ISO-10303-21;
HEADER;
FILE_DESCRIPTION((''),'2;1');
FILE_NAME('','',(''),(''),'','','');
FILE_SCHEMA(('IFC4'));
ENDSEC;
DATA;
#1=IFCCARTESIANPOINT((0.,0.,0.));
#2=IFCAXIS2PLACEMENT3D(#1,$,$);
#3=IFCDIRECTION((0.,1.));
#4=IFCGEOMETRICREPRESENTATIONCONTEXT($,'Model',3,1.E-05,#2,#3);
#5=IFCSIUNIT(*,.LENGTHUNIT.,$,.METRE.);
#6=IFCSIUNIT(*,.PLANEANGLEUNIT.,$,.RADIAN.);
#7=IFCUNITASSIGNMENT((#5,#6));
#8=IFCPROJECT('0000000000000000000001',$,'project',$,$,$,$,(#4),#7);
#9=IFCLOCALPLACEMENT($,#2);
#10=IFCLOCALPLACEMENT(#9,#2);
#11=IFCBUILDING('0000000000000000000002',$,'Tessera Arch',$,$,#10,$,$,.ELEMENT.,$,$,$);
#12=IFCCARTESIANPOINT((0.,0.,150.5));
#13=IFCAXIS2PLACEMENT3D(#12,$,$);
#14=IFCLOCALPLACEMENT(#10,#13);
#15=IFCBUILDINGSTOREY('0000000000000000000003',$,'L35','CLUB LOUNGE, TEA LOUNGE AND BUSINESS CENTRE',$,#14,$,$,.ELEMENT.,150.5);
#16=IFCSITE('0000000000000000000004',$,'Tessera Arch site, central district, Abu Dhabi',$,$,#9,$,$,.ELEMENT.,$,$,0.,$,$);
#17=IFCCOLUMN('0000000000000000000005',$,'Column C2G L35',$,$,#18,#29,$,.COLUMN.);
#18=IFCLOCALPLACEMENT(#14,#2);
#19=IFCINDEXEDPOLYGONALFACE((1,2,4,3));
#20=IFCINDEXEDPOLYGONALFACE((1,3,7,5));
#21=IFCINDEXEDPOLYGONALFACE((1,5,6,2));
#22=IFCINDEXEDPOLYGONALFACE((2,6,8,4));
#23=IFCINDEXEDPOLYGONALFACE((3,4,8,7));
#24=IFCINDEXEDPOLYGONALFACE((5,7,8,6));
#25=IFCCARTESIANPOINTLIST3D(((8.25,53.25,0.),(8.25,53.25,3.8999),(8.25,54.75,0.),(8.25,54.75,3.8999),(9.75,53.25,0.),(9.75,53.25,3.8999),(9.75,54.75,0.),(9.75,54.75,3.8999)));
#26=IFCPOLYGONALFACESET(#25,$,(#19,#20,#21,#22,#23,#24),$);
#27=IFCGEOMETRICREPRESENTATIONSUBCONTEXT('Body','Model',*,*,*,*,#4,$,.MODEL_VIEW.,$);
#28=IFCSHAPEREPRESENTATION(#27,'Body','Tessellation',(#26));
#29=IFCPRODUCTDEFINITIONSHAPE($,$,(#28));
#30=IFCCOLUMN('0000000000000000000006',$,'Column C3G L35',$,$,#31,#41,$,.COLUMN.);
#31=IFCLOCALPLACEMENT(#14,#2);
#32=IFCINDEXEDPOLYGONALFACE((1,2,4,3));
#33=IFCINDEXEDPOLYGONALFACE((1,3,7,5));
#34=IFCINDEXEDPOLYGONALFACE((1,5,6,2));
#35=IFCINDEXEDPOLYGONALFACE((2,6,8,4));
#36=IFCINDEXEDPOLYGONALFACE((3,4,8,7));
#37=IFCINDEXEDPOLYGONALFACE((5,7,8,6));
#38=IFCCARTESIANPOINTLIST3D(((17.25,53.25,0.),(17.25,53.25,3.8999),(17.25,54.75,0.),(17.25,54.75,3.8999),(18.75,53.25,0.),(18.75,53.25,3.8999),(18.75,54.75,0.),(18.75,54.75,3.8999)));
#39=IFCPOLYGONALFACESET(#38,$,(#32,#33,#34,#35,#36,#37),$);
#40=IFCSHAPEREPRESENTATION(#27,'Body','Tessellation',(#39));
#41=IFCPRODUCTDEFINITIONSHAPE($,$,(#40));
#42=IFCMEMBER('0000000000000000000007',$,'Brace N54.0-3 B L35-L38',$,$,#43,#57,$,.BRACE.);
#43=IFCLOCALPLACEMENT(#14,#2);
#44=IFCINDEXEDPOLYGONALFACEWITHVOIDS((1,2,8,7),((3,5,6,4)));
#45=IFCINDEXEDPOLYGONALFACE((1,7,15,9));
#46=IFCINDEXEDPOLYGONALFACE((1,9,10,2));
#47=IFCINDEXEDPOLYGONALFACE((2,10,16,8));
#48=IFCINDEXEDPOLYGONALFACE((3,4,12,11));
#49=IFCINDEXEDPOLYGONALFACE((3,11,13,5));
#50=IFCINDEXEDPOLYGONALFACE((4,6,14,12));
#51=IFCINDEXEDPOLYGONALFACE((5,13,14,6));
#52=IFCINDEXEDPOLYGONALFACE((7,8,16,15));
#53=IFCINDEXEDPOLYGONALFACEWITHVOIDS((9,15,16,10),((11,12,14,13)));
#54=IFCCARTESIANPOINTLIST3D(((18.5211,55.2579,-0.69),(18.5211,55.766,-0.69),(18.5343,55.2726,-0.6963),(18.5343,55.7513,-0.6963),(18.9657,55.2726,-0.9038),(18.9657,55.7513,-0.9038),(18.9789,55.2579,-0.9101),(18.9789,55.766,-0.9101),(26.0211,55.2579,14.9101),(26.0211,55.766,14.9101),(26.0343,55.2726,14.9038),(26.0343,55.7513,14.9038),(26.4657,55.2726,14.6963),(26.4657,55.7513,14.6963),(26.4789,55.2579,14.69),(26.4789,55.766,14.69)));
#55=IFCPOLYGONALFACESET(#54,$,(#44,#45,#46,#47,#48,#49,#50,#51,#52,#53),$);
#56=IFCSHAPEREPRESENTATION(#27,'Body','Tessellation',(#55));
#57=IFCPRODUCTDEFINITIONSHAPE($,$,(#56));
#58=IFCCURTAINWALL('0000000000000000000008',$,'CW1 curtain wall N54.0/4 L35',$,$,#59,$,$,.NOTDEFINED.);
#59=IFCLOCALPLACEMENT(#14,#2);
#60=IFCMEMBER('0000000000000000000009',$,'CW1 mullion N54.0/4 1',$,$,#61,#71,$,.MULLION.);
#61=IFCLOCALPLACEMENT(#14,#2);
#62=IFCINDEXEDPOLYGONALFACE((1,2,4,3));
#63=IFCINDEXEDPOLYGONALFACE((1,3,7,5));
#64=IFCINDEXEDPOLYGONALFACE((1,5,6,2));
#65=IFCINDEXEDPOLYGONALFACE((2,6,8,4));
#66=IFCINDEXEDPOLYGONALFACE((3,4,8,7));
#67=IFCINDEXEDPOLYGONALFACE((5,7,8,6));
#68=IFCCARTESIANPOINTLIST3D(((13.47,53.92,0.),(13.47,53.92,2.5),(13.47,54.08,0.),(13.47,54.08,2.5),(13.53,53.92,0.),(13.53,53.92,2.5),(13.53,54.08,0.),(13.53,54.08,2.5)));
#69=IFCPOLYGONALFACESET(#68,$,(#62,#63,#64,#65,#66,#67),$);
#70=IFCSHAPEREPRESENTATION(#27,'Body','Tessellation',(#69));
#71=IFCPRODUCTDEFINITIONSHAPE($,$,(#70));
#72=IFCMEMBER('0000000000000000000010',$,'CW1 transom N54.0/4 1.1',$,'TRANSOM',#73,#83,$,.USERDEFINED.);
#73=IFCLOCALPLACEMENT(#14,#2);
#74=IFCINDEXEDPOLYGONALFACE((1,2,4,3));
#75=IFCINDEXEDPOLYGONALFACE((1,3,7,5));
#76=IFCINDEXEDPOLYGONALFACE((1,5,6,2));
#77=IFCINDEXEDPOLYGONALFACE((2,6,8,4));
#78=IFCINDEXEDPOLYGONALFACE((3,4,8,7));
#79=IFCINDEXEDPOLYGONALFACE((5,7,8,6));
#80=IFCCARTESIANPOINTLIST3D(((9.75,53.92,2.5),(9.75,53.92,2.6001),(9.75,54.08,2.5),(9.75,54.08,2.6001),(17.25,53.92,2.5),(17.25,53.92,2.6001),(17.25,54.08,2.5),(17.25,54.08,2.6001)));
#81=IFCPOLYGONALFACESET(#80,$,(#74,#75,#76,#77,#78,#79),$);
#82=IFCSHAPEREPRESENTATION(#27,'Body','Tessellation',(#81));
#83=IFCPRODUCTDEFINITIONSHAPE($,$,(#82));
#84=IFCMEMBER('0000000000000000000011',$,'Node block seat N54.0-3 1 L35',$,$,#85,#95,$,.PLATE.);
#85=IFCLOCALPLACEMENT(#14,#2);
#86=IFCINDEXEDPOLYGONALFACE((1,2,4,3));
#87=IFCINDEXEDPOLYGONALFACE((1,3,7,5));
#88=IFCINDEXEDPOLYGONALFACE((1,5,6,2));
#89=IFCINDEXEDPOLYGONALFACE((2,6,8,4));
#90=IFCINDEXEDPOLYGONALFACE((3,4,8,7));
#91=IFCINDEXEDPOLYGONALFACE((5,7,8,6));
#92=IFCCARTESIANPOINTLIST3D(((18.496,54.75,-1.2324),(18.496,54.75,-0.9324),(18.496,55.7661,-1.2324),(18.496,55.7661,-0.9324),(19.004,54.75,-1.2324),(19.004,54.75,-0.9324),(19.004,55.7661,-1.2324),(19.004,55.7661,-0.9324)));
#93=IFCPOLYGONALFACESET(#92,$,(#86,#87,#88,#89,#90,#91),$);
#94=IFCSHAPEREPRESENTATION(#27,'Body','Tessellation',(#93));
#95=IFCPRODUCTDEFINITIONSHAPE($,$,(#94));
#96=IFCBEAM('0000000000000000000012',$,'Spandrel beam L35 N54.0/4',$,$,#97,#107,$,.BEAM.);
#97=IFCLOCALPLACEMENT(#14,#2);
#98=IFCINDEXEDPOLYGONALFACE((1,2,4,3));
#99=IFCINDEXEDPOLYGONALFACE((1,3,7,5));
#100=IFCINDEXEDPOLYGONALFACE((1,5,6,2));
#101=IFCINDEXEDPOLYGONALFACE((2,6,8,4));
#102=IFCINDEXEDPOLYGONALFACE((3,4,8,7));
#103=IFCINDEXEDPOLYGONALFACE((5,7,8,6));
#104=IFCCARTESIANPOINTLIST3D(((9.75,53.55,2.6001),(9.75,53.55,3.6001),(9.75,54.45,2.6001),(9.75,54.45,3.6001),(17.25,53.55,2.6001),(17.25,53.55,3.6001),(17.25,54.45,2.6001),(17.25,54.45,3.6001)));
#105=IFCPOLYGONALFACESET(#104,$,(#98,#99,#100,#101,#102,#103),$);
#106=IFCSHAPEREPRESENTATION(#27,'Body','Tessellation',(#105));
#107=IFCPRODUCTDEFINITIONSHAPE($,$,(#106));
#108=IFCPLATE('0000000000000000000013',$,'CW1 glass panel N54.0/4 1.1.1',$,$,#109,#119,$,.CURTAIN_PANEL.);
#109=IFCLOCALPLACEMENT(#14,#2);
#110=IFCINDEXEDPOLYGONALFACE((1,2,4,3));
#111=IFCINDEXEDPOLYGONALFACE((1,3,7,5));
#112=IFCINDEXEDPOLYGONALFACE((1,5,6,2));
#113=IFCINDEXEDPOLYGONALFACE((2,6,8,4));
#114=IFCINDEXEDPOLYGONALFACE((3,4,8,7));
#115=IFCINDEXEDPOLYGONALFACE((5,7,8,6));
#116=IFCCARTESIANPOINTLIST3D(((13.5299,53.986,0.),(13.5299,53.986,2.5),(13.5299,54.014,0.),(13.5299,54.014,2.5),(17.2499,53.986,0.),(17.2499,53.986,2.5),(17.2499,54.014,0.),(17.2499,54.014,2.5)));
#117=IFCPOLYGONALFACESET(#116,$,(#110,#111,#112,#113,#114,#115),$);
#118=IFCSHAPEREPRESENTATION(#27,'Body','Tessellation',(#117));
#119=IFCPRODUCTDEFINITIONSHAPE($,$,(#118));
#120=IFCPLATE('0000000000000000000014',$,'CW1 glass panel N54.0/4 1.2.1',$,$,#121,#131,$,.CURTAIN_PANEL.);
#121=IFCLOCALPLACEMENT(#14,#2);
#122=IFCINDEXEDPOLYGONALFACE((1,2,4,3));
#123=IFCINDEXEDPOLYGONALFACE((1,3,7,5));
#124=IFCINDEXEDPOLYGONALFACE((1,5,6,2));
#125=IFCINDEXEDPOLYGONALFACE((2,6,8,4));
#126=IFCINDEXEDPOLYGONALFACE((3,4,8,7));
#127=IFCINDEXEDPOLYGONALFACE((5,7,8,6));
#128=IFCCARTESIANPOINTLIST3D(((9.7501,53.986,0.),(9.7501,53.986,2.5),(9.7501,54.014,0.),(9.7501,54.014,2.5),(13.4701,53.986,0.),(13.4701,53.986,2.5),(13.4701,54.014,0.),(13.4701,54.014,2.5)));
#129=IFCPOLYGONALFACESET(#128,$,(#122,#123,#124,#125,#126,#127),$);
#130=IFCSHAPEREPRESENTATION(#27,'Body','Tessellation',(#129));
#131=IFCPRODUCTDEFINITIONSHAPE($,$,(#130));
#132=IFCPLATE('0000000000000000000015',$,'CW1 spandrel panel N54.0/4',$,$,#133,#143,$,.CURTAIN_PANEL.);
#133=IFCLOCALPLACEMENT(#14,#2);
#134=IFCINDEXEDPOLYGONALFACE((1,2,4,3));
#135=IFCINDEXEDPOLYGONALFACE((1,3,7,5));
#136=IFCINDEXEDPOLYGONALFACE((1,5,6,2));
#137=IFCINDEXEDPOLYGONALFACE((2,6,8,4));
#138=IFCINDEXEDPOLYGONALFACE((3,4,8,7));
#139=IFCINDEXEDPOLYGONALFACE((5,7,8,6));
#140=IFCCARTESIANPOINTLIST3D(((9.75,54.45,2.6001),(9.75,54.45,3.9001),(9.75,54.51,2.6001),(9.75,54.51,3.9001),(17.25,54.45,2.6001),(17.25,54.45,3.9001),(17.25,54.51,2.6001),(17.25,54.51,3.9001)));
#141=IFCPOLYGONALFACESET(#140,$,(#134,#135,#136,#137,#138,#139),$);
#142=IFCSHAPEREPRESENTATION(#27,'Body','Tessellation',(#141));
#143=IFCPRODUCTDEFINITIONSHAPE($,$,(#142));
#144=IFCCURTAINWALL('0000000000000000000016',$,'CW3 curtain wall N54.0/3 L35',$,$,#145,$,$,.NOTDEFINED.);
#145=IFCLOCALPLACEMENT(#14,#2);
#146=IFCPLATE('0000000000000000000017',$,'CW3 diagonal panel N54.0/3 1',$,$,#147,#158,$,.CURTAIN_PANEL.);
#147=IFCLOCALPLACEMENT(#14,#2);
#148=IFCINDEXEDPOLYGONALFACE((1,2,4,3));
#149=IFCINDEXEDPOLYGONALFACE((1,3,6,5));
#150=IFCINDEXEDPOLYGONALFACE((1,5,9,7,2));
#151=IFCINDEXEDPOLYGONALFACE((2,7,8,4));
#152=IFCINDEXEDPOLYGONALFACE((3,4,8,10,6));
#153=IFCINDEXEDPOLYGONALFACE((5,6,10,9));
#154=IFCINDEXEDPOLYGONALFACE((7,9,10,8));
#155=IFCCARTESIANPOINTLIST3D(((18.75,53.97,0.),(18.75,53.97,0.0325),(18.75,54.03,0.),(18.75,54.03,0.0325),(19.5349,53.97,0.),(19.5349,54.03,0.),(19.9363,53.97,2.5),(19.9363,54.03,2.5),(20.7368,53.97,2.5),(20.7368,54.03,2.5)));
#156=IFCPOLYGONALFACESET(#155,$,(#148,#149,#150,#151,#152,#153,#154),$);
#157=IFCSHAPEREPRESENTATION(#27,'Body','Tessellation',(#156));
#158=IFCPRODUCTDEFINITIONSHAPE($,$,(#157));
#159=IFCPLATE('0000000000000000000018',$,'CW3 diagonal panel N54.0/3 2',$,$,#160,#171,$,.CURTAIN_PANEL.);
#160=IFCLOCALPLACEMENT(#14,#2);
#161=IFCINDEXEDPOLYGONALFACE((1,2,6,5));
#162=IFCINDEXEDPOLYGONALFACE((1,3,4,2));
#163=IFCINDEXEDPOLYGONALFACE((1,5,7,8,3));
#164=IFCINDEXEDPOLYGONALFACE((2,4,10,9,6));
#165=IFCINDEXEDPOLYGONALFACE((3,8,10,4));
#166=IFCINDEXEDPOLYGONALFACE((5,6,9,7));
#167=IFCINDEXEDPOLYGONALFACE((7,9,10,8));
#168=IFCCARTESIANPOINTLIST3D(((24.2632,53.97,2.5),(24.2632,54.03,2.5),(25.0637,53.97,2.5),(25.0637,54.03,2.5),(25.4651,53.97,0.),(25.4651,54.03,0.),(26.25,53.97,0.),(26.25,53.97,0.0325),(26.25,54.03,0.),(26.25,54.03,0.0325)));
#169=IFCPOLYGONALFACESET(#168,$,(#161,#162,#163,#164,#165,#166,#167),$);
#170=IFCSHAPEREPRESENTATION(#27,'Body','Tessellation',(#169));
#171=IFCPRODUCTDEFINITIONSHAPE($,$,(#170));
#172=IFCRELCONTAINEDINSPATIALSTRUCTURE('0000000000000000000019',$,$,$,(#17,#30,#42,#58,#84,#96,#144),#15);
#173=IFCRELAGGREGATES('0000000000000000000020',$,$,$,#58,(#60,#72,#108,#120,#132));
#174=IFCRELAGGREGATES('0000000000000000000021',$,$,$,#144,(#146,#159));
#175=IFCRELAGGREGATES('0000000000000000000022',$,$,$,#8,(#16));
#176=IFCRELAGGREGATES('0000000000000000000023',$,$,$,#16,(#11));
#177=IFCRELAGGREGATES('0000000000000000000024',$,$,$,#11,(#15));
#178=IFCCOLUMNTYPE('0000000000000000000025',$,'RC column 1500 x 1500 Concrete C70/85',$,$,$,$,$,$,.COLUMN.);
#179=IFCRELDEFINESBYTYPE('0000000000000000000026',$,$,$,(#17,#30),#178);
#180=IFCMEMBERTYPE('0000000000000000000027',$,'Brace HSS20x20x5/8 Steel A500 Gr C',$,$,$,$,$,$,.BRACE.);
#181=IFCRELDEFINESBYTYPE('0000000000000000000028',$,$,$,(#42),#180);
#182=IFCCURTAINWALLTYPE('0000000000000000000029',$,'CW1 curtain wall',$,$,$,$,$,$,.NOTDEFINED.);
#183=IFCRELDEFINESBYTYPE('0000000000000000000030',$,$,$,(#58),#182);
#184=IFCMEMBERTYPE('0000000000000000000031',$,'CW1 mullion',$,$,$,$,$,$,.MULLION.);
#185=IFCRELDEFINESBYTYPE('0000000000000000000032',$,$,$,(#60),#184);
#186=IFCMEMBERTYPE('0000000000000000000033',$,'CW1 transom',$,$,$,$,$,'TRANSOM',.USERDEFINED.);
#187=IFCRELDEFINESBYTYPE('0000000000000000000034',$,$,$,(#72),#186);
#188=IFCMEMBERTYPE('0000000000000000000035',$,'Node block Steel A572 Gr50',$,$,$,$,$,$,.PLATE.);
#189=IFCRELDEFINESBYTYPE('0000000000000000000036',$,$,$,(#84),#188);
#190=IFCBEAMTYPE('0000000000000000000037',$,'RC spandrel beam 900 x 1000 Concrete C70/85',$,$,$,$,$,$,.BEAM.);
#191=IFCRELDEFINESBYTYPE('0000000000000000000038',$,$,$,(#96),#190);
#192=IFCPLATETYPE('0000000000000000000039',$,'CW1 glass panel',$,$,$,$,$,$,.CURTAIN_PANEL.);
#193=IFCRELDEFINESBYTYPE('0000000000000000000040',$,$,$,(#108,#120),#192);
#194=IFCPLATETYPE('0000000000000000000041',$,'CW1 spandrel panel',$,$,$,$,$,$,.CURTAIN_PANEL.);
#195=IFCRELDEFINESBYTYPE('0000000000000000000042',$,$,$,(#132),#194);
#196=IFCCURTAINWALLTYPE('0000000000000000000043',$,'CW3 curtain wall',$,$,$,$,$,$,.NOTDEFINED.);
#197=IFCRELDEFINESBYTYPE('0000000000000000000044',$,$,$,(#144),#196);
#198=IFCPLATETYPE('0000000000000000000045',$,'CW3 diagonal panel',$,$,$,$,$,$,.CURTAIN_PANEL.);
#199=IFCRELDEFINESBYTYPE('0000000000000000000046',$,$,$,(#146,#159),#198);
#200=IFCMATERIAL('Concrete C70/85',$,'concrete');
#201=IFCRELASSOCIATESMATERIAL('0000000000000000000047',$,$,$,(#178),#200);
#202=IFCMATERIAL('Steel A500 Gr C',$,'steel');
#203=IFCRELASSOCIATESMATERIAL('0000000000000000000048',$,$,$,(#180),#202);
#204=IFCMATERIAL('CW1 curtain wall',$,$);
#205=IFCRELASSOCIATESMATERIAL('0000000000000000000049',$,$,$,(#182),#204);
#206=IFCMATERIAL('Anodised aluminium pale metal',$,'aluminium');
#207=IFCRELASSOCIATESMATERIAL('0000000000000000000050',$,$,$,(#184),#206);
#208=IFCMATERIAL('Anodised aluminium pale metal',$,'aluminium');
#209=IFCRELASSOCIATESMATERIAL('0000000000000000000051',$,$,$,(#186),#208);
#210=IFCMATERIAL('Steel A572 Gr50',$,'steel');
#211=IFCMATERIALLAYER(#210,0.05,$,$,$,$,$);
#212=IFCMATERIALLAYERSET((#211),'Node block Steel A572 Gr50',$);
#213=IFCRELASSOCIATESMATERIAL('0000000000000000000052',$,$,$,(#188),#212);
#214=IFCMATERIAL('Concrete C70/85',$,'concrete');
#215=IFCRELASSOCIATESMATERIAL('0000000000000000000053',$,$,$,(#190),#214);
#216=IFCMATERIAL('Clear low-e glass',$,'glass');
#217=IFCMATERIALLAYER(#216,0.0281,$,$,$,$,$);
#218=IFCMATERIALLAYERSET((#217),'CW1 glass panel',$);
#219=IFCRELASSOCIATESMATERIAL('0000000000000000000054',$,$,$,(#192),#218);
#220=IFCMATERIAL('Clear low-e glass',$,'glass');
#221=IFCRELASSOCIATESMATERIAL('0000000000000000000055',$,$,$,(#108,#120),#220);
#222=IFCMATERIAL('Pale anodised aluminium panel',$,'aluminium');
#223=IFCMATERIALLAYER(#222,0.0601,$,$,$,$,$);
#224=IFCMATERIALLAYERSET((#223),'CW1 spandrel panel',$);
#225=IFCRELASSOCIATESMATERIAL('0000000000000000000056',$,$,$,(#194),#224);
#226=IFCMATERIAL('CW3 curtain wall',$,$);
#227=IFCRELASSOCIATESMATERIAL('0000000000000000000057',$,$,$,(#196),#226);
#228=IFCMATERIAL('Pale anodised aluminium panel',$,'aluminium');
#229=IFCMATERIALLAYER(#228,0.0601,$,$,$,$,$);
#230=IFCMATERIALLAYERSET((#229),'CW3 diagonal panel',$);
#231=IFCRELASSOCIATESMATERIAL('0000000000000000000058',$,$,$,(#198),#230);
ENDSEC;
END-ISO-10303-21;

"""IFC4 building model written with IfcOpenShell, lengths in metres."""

from ifc_helpers import new_model, si_unit, direction, frame, origin, origin_2d, place, context, subcontext, project, spatial, polyline, rectangle, hollow_rectangle, outline, extrude, material, layer, layer_set, material_profile, profile_set, type_object, element, aggregate, save


model = new_model("IFC4")

# Units and contexts
model_context = context("Model", 3, precision=1e-05, world=origin(), true_north=direction((0.0, 1.0)))
body_context = subcontext(model_context, "Body", "Model", "MODEL_VIEW")
ifc_project = project(units=[si_unit("LENGTHUNIT", "METRE"), si_unit("PLANEANGLEUNIT", "RADIAN")], contexts=[model_context])

# Site, building, storey
site_placement = place(None, origin())
site = spatial("IfcSite", under=ifc_project, at=site_placement, Name="Tessera Arch site, central district, Abu Dhabi", CompositionType="ELEMENT", RefElevation=0.0)
building_placement = place(site_placement, origin())
building = spatial("IfcBuilding", under=site, at=building_placement, Name="Tessera Arch", CompositionType="ELEMENT")
storey_placement = place(building_placement, frame((0.0, 0.0, 150.5)))
storey = spatial("IfcBuildingStorey", under=building, at=storey_placement, Name="L35", Description="CLUB LOUNGE, TEA LOUNGE AND BUSINESS CENTRE", CompositionType="ELEMENT", Elevation=150.5)

# Columns
ifc_material_1 = material(Name="Concrete C70/85", Category="concrete")
ifc_material_profile_1 = material_profile(ifc_material_1, rectangle(XDim=1.5, YDim=1.5, at=origin_2d()), Name="RC column 1500 x 1500 Concrete C70/85")
ifc_profile_set_1 = profile_set([ifc_material_profile_1], Name="Concrete C70/85")
column_type = type_object("IfcColumnType", Name="RC column 1500 x 1500 Concrete C70/85", PredefinedType="COLUMN", material=ifc_profile_set_1)
for number, where, z_axis, x_axis, name in (
    (1, (9.0, 54.0, 0.0), (0.0, 0.0, 1.0), (1.0, 0.0, 0.0), "Column C2G L35"),
    (2, (18.0, 54.0, 0.0), (0.0, 0.0, 1.0), (1.0, 0.0, 0.0), "Column C3G L35"),
):
    element("IfcColumn", number, at=place(storey_placement, frame(where, z_axis=z_axis, x_axis=x_axis)), inside=storey, type_object=column_type, Name=name, PredefinedType="COLUMN", context=body_context, shape_type="SweptSolid", body=[
        extrude(rectangle(XDim=1.5, YDim=1.5, at=origin_2d()), origin(), (0.0, 0.0, 1.0), 3.8999),
    ])

# Member
ifc_material_2 = material(Name="Steel A500 Gr C", Category="steel")
ifc_material_profile_2 = material_profile(ifc_material_2, hollow_rectangle(XDim=0.5081, YDim=0.5081, WallThickness=0.0146, at=origin_2d()), Name="HSS20x20x5/8")
ifc_profile_set_2 = profile_set([ifc_material_profile_2], Name="Steel A500 Gr C")
member_type_1 = type_object("IfcMemberType", Name="Brace HSS20x20x5/8 Steel A500 Gr C", PredefinedType="BRACE", material=ifc_profile_set_2)
member_1_placement = place(storey_placement, frame((18.75, 55.512, -0.8), z_axis=(0.433292, 0.0, 0.901253), x_axis=(0.0, 1.0, 0.0)))
element("IfcMember", 3, at=member_1_placement, inside=storey, type_object=member_type_1, Name="Brace N54.0-3 B L35-L38", PredefinedType="BRACE", context=body_context, shape_type="SweptSolid", body=[
    extrude(hollow_rectangle(XDim=0.5081, YDim=0.5081, WallThickness=0.0146, at=origin_2d()), origin(), (0.0, 0.0, 1.0), 17.3093),
])

# Curtain wall, members
ifc_material_3 = material(Name="CW1 curtain wall")
curtain_wall_type_1 = type_object("IfcCurtainWallType", Name="CW1 curtain wall", PredefinedType="NOTDEFINED", material=ifc_material_3)
curtain_wall_1_placement = place(storey_placement, origin())
curtain_wall_1 = element("IfcCurtainWall", 4, at=curtain_wall_1_placement, inside=storey, type_object=curtain_wall_type_1, Name="CW1 curtain wall N54.0/4 L35", PredefinedType="NOTDEFINED")
ifc_material_4 = material(Name="Anodised aluminium pale metal", Category="aluminium")
ifc_material_profile_3 = material_profile(ifc_material_4, rectangle(XDim=0.1599, YDim=0.0601, at=origin_2d()), Name="AL 60x160")
ifc_profile_set_3 = profile_set([ifc_material_profile_3], Name="Anodised aluminium pale metal")
member_type_2 = type_object("IfcMemberType", Name="CW1 mullion", PredefinedType="MULLION", material=ifc_profile_set_3)
member_2_placement = place(storey_placement, frame((13.5, 54.0, 0.0), z_axis=(0.0, 0.0, 1.0), x_axis=(0.0, -1.0, 0.0)))
member_2 = element("IfcMember", 5, at=member_2_placement, type_object=member_type_2, Name="CW1 mullion N54.0/4 1", PredefinedType="MULLION", context=body_context, shape_type="SweptSolid", body=[
    extrude(rectangle(XDim=0.1599, YDim=0.0601, at=origin_2d()), origin(), (0.0, 0.0, 1.0), 2.5),
])
ifc_material_5 = material(Name="Anodised aluminium pale metal", Category="aluminium")
ifc_material_profile_4 = material_profile(ifc_material_5, rectangle(XDim=0.1599, YDim=0.1001, at=origin_2d()), Name="AL 160x100")
ifc_profile_set_4 = profile_set([ifc_material_profile_4], Name="Anodised aluminium pale metal")
member_type_3 = type_object("IfcMemberType", Name="CW1 transom", ElementType="TRANSOM", PredefinedType="USERDEFINED", material=ifc_profile_set_4)
member_3_placement = place(storey_placement, frame((17.25, 54.0, 2.55), z_axis=(-1.0, 0.0, 0.0), x_axis=(0.0, -1.0, 0.0)))
member_3 = element("IfcMember", 6, at=member_3_placement, type_object=member_type_3, Name="CW1 transom N54.0/4 1.1", ObjectType="TRANSOM", PredefinedType="USERDEFINED", context=body_context, shape_type="SweptSolid", body=[
    extrude(rectangle(XDim=0.1599, YDim=0.1001, at=origin_2d()), origin(), (0.0, 0.0, 1.0), 7.5),
])

# Member
ifc_material_6 = material(Name="Steel A572 Gr50", Category="steel")
ifc_layer_1 = layer(ifc_material_6, 0.05)
ifc_layer_set_1 = layer_set([ifc_layer_1], Name="Node block Steel A572 Gr50")
member_type_4 = type_object("IfcMemberType", Name="Node block Steel A572 Gr50", PredefinedType="PLATE", material=ifc_layer_set_1)
member_4_placement = place(storey_placement, frame((18.75, 55.2581, -1.2324), z_axis=(0.0, 0.0, 1.0), x_axis=(-1.0, 0.0, 0.0)))
element("IfcMember", 7, at=member_4_placement, inside=storey, type_object=member_type_4, Name="Node block seat N54.0-3 1 L35", PredefinedType="PLATE", context=body_context, shape_type="SweptSolid", body=[
    extrude(rectangle(XDim=0.5081, YDim=1.0161, at=origin_2d()), origin(), (0.0, 0.0, 1.0), 0.3),
])

# Beam
ifc_material_7 = material(Name="Concrete C70/85", Category="concrete")
ifc_material_profile_5 = material_profile(ifc_material_7, rectangle(XDim=0.8999, YDim=1.0, at=origin_2d()), Name="RC spandrel beam 900 x 1000 Concrete C70/85")
ifc_profile_set_5 = profile_set([ifc_material_profile_5], Name="Concrete C70/85")
beam_type = type_object("IfcBeamType", Name="RC spandrel beam 900 x 1000 Concrete C70/85", PredefinedType="BEAM", material=ifc_profile_set_5)
beam_placement = place(storey_placement, frame((17.25, 54.0, 3.1001), z_axis=(-1.0, 0.0, 0.0), x_axis=(0.0, -1.0, 0.0)))
element("IfcBeam", 8, at=beam_placement, inside=storey, type_object=beam_type, Name="Spandrel beam L35 N54.0/4", PredefinedType="BEAM", context=body_context, shape_type="SweptSolid", body=[
    extrude(rectangle(XDim=0.8999, YDim=1.0, at=origin_2d()), origin(), (0.0, 0.0, 1.0), 7.5),
])

# Plates
ifc_material_8 = material(Name="Clear low-e glass", Category="glass")
ifc_material_9 = material(Name="Clear low-e glass", Category="glass")
ifc_layer_2 = layer(ifc_material_9, 0.0281)
ifc_layer_set_2 = layer_set([ifc_layer_2], Name="CW1 glass panel")
plate_type_1 = type_object("IfcPlateType", Name="CW1 glass panel", PredefinedType="CURTAIN_PANEL", material=ifc_layer_set_2)
plate_1_placement = place(storey_placement, frame((15.3899, 54.0, 0.0), z_axis=(0.0, 0.0, 1.0), x_axis=(-1.0, 0.0, 0.0)))
plate_1 = element("IfcPlate", 9, at=plate_1_placement, type_object=plate_type_1, material=ifc_material_8, Name="CW1 glass panel N54.0/4 1.1.1", PredefinedType="CURTAIN_PANEL", context=body_context, shape_type="SweptSolid", body=[
    extrude(rectangle(XDim=3.72, YDim=0.0281, at=origin_2d()), origin(), (0.0, 0.0, 1.0), 2.5),
])
plate_2_placement = place(storey_placement, frame((11.6101, 54.0, 0.0), z_axis=(0.0, 0.0, 1.0), x_axis=(-1.0, 0.0, 0.0)))
plate_2 = element("IfcPlate", 10, at=plate_2_placement, type_object=plate_type_1, material=ifc_material_8, Name="CW1 glass panel N54.0/4 1.2.1", PredefinedType="CURTAIN_PANEL", context=body_context, shape_type="SweptSolid", body=[
    extrude(rectangle(XDim=3.72, YDim=0.0281, at=origin_2d()), origin(), (0.0, 0.0, 1.0), 2.5),
])
ifc_material_10 = material(Name="Pale anodised aluminium panel", Category="aluminium")
ifc_layer_3 = layer(ifc_material_10, 0.0601)
ifc_layer_set_3 = layer_set([ifc_layer_3], Name="CW1 spandrel panel")
plate_type_2 = type_object("IfcPlateType", Name="CW1 spandrel panel", PredefinedType="CURTAIN_PANEL", material=ifc_layer_set_3)
plate_3_placement = place(storey_placement, frame((13.5, 54.48, 2.6001), z_axis=(0.0, 0.0, 1.0), x_axis=(-1.0, 0.0, 0.0)))
plate_3 = element("IfcPlate", 11, at=plate_3_placement, type_object=plate_type_2, Name="CW1 spandrel panel N54.0/4", PredefinedType="CURTAIN_PANEL", context=body_context, shape_type="SweptSolid", body=[
    extrude(rectangle(XDim=7.5, YDim=0.0601, at=origin_2d()), origin(), (0.0, 0.0, 1.0), 1.3),
])
aggregate(curtain_wall_1, [member_2, member_3, plate_1, plate_2, plate_3])

# Curtain wall, plates
ifc_material_11 = material(Name="CW3 curtain wall")
curtain_wall_type_2 = type_object("IfcCurtainWallType", Name="CW3 curtain wall", PredefinedType="NOTDEFINED", material=ifc_material_11)
curtain_wall_2_placement = place(storey_placement, origin())
curtain_wall_2 = element("IfcCurtainWall", 12, at=curtain_wall_2_placement, inside=storey, type_object=curtain_wall_type_2, Name="CW3 curtain wall N54.0/3 L35", PredefinedType="NOTDEFINED")
ifc_material_12 = material(Name="Pale anodised aluminium panel", Category="aluminium")
ifc_layer_4 = layer(ifc_material_12, 0.0601)
ifc_layer_set_4 = layer_set([ifc_layer_4], Name="CW3 diagonal panel")
plate_type_3 = type_object("IfcPlateType", Name="CW3 diagonal panel", PredefinedType="CURTAIN_PANEL", material=ifc_layer_set_4)
plate_4_placement = place(storey_placement, frame((18.75, 54.03, 0.0), z_axis=(0.0, 1.0, 0.0), x_axis=(0.0, 0.0, 1.0)))
plate_4 = element("IfcPlate", 13, at=plate_4_placement, type_object=plate_type_3, Name="CW3 diagonal panel N54.0/3 1", PredefinedType="CURTAIN_PANEL", context=body_context, shape_type="SweptSolid", body=[
    extrude(outline(polyline([(0.0, 0.0), (0.0325, 0.0), (2.5, 1.1863), (2.5, 1.9868), (0.0, 0.7849), (0.0, 0.0)])), origin(), (0.0, 0.0, -1.0), 0.0601),
])
plate_5_placement = place(storey_placement, frame((24.2632, 54.03, 2.5), z_axis=(0.0, 1.0, 0.0), x_axis=(1.0, 0.0, 0.0)))
plate_5 = element("IfcPlate", 14, at=plate_5_placement, type_object=plate_type_3, Name="CW3 diagonal panel N54.0/3 2", PredefinedType="CURTAIN_PANEL", context=body_context, shape_type="SweptSolid", body=[
    extrude(outline(polyline([(0.0, 0.0), (0.8005, 0.0), (1.9868, 2.4675), (1.9868, 2.5), (1.2019, 2.5), (0.0, 0.0)])), origin(), (0.0, 0.0, -1.0), 0.0601),
])
aggregate(curtain_wall_2, [plate_4, plate_5])

save(model, "model.ifc")
